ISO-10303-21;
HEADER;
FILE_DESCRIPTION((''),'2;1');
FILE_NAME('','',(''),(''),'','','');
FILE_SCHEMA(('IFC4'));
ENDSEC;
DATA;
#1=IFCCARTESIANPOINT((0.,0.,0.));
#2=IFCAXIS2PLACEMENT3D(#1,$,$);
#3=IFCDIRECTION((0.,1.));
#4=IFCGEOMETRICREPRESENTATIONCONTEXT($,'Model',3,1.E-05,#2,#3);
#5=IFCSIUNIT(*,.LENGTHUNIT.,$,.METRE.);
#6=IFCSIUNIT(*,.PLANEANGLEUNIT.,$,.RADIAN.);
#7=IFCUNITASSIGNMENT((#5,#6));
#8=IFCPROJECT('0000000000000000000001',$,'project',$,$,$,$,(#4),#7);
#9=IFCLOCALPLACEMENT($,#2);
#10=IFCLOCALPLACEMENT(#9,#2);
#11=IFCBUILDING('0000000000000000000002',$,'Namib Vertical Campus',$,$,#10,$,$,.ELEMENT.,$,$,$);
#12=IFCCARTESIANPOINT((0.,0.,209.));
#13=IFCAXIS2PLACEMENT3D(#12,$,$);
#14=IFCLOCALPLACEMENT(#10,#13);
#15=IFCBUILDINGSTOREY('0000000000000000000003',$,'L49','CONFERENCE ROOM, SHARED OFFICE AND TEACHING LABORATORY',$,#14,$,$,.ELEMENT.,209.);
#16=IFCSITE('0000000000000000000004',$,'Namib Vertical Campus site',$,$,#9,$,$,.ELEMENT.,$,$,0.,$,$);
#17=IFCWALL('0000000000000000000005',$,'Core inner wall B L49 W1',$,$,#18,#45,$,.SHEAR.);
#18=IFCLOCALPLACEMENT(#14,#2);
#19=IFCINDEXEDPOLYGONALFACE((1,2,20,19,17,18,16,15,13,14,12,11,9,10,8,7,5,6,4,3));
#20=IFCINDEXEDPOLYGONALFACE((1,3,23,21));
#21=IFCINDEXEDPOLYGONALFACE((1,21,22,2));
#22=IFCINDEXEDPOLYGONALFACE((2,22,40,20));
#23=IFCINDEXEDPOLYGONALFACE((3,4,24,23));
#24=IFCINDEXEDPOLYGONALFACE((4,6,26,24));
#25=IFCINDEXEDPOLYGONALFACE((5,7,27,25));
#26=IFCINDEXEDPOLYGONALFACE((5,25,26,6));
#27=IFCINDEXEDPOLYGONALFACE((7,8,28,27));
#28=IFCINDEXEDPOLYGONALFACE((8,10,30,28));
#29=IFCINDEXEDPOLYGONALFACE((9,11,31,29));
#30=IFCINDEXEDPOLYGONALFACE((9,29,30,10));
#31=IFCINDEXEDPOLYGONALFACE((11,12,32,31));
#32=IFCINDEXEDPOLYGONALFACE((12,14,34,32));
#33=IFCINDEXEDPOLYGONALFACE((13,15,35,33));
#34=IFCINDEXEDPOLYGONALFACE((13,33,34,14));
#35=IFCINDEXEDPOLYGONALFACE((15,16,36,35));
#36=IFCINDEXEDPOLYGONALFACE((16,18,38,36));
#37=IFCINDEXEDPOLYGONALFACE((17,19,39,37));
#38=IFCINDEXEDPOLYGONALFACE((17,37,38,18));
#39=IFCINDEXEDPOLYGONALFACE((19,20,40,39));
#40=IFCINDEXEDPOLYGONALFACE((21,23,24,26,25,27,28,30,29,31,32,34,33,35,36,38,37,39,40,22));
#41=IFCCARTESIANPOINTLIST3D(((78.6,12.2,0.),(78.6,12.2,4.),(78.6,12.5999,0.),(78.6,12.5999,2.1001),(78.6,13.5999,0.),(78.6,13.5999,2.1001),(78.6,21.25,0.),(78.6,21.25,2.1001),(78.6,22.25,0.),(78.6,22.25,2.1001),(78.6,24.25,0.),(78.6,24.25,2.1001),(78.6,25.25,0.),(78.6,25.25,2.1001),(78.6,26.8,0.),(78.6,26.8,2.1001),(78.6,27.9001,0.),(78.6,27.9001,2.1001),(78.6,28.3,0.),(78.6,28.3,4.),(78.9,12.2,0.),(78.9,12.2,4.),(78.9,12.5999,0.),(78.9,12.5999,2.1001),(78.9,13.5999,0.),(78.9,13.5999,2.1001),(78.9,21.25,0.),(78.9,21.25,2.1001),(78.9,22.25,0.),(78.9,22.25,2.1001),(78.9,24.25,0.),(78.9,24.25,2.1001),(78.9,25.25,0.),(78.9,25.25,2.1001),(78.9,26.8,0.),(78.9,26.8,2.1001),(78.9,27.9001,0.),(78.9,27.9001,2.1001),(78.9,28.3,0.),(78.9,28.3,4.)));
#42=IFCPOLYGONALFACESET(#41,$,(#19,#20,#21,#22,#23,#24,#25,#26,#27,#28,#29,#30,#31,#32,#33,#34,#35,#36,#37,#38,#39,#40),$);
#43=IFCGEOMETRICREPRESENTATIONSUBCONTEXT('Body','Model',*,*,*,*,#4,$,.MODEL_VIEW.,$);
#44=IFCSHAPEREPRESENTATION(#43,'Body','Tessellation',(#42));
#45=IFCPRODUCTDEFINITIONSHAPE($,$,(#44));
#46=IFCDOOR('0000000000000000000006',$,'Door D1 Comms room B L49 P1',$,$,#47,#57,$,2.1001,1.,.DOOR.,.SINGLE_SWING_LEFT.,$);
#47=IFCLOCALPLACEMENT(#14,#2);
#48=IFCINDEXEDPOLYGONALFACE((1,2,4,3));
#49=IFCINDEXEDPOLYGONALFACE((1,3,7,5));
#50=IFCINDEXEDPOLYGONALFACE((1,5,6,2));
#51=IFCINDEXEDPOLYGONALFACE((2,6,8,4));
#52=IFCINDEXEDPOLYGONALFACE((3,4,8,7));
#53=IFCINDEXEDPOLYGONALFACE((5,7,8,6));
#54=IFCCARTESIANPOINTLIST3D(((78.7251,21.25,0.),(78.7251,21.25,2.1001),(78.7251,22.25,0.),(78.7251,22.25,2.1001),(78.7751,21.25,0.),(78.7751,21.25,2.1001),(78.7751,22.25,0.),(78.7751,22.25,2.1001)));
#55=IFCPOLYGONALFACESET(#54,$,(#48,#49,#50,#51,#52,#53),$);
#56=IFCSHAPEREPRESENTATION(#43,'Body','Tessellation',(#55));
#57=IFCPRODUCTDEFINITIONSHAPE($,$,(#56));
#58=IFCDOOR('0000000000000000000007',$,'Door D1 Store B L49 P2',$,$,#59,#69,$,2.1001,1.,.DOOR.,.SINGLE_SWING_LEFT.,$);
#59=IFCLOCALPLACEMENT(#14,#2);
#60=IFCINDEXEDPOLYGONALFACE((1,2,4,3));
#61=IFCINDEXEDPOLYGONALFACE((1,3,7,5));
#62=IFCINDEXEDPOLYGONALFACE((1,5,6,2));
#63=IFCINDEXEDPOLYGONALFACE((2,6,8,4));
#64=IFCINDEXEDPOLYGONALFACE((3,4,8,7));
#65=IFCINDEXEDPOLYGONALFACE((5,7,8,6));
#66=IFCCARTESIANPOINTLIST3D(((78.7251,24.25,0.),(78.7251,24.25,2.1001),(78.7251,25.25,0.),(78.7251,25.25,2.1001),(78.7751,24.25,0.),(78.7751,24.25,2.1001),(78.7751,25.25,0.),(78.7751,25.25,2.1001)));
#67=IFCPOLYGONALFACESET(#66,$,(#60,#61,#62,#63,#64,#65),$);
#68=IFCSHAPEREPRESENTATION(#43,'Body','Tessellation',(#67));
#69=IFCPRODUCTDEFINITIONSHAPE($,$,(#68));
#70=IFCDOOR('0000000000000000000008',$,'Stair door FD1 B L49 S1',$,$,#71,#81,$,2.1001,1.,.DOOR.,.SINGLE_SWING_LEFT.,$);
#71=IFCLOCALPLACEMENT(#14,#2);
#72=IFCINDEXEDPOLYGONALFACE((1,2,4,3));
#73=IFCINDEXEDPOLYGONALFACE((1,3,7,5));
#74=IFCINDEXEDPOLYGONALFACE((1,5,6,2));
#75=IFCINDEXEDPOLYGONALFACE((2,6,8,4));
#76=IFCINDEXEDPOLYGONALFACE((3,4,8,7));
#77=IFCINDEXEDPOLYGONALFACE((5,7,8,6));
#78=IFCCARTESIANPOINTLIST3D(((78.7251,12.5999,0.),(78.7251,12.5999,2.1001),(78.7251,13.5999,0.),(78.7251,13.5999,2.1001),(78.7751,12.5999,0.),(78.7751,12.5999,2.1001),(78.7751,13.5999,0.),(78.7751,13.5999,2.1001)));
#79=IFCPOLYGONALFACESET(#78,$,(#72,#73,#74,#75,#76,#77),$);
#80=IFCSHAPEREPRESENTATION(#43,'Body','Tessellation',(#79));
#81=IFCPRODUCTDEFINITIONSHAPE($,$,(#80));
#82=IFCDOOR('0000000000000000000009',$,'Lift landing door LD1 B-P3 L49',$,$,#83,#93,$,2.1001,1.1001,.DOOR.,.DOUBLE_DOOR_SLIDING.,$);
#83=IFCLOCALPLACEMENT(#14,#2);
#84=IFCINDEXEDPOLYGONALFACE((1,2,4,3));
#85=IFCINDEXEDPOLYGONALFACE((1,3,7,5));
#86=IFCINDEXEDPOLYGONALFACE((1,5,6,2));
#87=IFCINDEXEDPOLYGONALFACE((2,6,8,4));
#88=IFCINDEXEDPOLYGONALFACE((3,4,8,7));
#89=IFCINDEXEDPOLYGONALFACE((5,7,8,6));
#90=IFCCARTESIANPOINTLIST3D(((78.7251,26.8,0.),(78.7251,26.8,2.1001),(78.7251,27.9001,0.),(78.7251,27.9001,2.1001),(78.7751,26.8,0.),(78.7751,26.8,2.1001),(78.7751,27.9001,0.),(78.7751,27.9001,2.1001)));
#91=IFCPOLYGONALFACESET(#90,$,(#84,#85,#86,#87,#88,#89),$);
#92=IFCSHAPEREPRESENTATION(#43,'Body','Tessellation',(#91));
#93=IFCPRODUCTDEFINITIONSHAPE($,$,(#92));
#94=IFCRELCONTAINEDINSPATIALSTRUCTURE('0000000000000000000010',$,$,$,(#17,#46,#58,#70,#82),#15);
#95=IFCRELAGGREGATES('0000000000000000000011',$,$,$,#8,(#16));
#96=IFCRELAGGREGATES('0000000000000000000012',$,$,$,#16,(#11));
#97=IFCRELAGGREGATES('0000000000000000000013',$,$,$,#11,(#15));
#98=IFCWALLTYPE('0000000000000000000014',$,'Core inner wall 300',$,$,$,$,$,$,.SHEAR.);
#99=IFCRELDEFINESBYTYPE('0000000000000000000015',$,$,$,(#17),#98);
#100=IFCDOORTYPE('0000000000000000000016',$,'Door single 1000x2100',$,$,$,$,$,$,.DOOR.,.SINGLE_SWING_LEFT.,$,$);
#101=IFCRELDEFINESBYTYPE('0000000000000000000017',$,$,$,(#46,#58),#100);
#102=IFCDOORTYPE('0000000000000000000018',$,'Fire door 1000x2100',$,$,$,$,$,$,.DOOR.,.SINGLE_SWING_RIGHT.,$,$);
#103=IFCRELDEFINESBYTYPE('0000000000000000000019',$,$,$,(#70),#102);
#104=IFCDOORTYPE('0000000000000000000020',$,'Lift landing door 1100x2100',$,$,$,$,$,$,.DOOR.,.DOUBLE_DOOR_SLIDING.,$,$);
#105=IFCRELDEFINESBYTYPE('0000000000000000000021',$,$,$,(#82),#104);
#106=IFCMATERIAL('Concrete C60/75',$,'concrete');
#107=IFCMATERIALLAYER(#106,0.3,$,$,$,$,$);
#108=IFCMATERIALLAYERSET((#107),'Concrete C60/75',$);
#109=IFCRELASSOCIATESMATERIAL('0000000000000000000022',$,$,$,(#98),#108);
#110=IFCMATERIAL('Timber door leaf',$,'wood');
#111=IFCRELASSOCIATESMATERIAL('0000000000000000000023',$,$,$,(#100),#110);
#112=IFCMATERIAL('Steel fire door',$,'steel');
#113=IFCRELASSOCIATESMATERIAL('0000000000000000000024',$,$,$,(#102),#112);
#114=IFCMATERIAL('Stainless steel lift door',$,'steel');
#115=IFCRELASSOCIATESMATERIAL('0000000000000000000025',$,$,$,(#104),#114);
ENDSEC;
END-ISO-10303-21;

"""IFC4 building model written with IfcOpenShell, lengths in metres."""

from ifc_helpers import new_model, si_unit, direction, frame, frame_2d, origin, place, context, subcontext, project, spatial, rectangle, extrude, material, layer, layer_set, type_object, element, fill, save


model = new_model("IFC4")

# Units and contexts
model_context = context("Model", 3, precision=1e-05, world=origin(), true_north=direction((0.0, 1.0)))
body_context = subcontext(model_context, "Body", "Model", "MODEL_VIEW")
ifc_project = project(units=[si_unit("LENGTHUNIT", "METRE"), si_unit("PLANEANGLEUNIT", "RADIAN")], contexts=[model_context])

# Site, building, storey
site_placement = place(None, origin())
site = spatial("IfcSite", under=ifc_project, at=site_placement, Name="Namib Vertical Campus site", CompositionType="ELEMENT", RefElevation=0.0)
building_placement = place(site_placement, origin())
building = spatial("IfcBuilding", under=site, at=building_placement, Name="Namib Vertical Campus", CompositionType="ELEMENT")
storey_placement = place(building_placement, frame((0.0, 0.0, 209.0)))
storey = spatial("IfcBuildingStorey", under=building, at=storey_placement, Name="L49", Description="CONFERENCE ROOM, SHARED OFFICE AND TEACHING LABORATORY", CompositionType="ELEMENT", Elevation=209.0)

# Wall, openings, doors
ifc_material_1 = material(Name="Concrete C60/75", Category="concrete")
ifc_layer_1 = layer(ifc_material_1, 0.3)
ifc_layer_set_1 = layer_set([ifc_layer_1], Name="Concrete C60/75")
wall_type_1 = type_object("IfcWallType", Name="Core inner wall 300", PredefinedType="SHEAR", material=ifc_layer_set_1)
wall_1_placement = place(storey_placement, frame((78.75, 12.2, 0.0), z_axis=(0.0, 0.0, 1.0), x_axis=(0.0, 1.0, 0.0)))
wall_1 = element("IfcWall", 1, at=wall_1_placement, inside=storey, type_object=wall_type_1, Name="Core inner wall B L49 W1", PredefinedType="SHEAR", context=body_context, shape_type="SweptSolid", body=[
    extrude(rectangle(XDim=16.1001, YDim=0.3, at=frame_2d((8.05, 0.0))), origin(), (0.0, 0.0, 1.0), 4.0),
])
opening_1_placement = place(wall_1_placement, frame((0.3999, 0.0, 0.0)))
opening_1 = element("IfcOpeningElement", 2, at=opening_1_placement, cuts=wall_1, PredefinedType="OPENING", context=body_context, shape_type="SweptSolid", body=[
    extrude(rectangle(XDim=1.0, YDim=2.1001, at=frame_2d((0.5, 1.05))), frame((0.0, 0.1599, 0.0), z_axis=(0.0, -1.0, 0.0), x_axis=(1.0, 0.0, 0.0)), (0.0, 0.0, 1.0), 0.3201),
])
opening_2_placement = place(wall_1_placement, frame((14.6001, 0.0, 0.0)))
opening_2 = element("IfcOpeningElement", 3, at=opening_2_placement, cuts=wall_1, PredefinedType="OPENING", context=body_context, shape_type="SweptSolid", body=[
    extrude(rectangle(XDim=1.1001, YDim=2.1001, at=frame_2d((0.55, 1.05))), frame((0.0, 0.1599, 0.0), z_axis=(0.0, -1.0, 0.0), x_axis=(1.0, 0.0, 0.0)), (0.0, 0.0, 1.0), 0.3201),
])
opening_3_placement = place(wall_1_placement, frame((9.05, 0.0, 0.0)))
opening_3 = element("IfcOpeningElement", 4, at=opening_3_placement, cuts=wall_1, PredefinedType="OPENING", context=body_context, shape_type="SweptSolid", body=[
    extrude(rectangle(XDim=1.0, YDim=2.1001, at=frame_2d((0.5, 1.05))), frame((0.0, 0.1599, 0.0), z_axis=(0.0, -1.0, 0.0), x_axis=(1.0, 0.0, 0.0)), (0.0, 0.0, 1.0), 0.3201),
])
opening_4_placement = place(wall_1_placement, frame((12.05, 0.0, 0.0)))
opening_4 = element("IfcOpeningElement", 5, at=opening_4_placement, cuts=wall_1, PredefinedType="OPENING", context=body_context, shape_type="SweptSolid", body=[
    extrude(rectangle(XDim=1.0, YDim=2.1001, at=frame_2d((0.5, 1.05))), frame((0.0, 0.1599, 0.0), z_axis=(0.0, -1.0, 0.0), x_axis=(1.0, 0.0, 0.0)), (0.0, 0.0, 1.0), 0.3201),
])
ifc_material_2 = material(Name="Timber door leaf", Category="wood")
door_type_1 = type_object("IfcDoorType", Name="Door single 1000x2100", OperationType="SINGLE_SWING_LEFT", PredefinedType="DOOR", material=ifc_material_2)
door_1_placement = place(opening_3_placement, origin())
door_1 = element("IfcDoor", 6, at=door_1_placement, inside=storey, type_object=door_type_1, Name="Door D1 Comms room B L49 P1", OperationType="SINGLE_SWING_LEFT", OverallHeight=2.1001, OverallWidth=1.0, PredefinedType="DOOR", context=body_context, shape_type="SweptSolid", body=[
    extrude(rectangle(XDim=1.0, YDim=2.1001, at=frame_2d((0.5, 1.05))), frame((0.0, 0.0249, 0.0), z_axis=(0.0, -1.0, 0.0), x_axis=(1.0, 0.0, 0.0)), (0.0, 0.0, 1.0), 0.05),
])
fill(opening_3, door_1)
door_2_placement = place(opening_4_placement, origin())
door_2 = element("IfcDoor", 7, at=door_2_placement, inside=storey, type_object=door_type_1, Name="Door D1 Store B L49 P2", OperationType="SINGLE_SWING_LEFT", OverallHeight=2.1001, OverallWidth=1.0, PredefinedType="DOOR", context=body_context, shape_type="SweptSolid", body=[
    extrude(rectangle(XDim=1.0, YDim=2.1001, at=frame_2d((0.5, 1.05))), frame((0.0, 0.0249, 0.0), z_axis=(0.0, -1.0, 0.0), x_axis=(1.0, 0.0, 0.0)), (0.0, 0.0, 1.0), 0.05),
])
fill(opening_4, door_2)
ifc_material_3 = material(Name="Steel fire door", Category="steel")
door_type_2 = type_object("IfcDoorType", Name="Fire door 1000x2100", OperationType="SINGLE_SWING_RIGHT", PredefinedType="DOOR", material=ifc_material_3)
door_3_placement = place(opening_1_placement, origin())
door_3 = element("IfcDoor", 8, at=door_3_placement, inside=storey, type_object=door_type_2, Name="Stair door FD1 B L49 S1", OperationType="SINGLE_SWING_LEFT", OverallHeight=2.1001, OverallWidth=1.0, PredefinedType="DOOR", context=body_context, shape_type="SweptSolid", body=[
    extrude(rectangle(XDim=1.0, YDim=2.1001, at=frame_2d((0.5, 1.05))), frame((0.0, 0.0249, 0.0), z_axis=(0.0, -1.0, 0.0), x_axis=(1.0, 0.0, 0.0)), (0.0, 0.0, 1.0), 0.05),
])
fill(opening_1, door_3)
ifc_material_4 = material(Name="Stainless steel lift door", Category="steel")
door_type_3 = type_object("IfcDoorType", Name="Lift landing door 1100x2100", OperationType="DOUBLE_DOOR_SLIDING", PredefinedType="DOOR", material=ifc_material_4)
door_4_placement = place(opening_2_placement, origin())
door_4 = element("IfcDoor", 9, at=door_4_placement, inside=storey, type_object=door_type_3, Name="Lift landing door LD1 B-P3 L49", OperationType="DOUBLE_DOOR_SLIDING", OverallHeight=2.1001, OverallWidth=1.1001, PredefinedType="DOOR", context=body_context, shape_type="SweptSolid", body=[
    extrude(rectangle(XDim=1.1001, YDim=2.1001, at=frame_2d((0.55, 1.05))), frame((0.0, 0.0249, 0.0), z_axis=(0.0, -1.0, 0.0), x_axis=(1.0, 0.0, 0.0)), (0.0, 0.0, 1.0), 0.05),
])
fill(opening_2, door_4)

save(model, "model.ifc")
